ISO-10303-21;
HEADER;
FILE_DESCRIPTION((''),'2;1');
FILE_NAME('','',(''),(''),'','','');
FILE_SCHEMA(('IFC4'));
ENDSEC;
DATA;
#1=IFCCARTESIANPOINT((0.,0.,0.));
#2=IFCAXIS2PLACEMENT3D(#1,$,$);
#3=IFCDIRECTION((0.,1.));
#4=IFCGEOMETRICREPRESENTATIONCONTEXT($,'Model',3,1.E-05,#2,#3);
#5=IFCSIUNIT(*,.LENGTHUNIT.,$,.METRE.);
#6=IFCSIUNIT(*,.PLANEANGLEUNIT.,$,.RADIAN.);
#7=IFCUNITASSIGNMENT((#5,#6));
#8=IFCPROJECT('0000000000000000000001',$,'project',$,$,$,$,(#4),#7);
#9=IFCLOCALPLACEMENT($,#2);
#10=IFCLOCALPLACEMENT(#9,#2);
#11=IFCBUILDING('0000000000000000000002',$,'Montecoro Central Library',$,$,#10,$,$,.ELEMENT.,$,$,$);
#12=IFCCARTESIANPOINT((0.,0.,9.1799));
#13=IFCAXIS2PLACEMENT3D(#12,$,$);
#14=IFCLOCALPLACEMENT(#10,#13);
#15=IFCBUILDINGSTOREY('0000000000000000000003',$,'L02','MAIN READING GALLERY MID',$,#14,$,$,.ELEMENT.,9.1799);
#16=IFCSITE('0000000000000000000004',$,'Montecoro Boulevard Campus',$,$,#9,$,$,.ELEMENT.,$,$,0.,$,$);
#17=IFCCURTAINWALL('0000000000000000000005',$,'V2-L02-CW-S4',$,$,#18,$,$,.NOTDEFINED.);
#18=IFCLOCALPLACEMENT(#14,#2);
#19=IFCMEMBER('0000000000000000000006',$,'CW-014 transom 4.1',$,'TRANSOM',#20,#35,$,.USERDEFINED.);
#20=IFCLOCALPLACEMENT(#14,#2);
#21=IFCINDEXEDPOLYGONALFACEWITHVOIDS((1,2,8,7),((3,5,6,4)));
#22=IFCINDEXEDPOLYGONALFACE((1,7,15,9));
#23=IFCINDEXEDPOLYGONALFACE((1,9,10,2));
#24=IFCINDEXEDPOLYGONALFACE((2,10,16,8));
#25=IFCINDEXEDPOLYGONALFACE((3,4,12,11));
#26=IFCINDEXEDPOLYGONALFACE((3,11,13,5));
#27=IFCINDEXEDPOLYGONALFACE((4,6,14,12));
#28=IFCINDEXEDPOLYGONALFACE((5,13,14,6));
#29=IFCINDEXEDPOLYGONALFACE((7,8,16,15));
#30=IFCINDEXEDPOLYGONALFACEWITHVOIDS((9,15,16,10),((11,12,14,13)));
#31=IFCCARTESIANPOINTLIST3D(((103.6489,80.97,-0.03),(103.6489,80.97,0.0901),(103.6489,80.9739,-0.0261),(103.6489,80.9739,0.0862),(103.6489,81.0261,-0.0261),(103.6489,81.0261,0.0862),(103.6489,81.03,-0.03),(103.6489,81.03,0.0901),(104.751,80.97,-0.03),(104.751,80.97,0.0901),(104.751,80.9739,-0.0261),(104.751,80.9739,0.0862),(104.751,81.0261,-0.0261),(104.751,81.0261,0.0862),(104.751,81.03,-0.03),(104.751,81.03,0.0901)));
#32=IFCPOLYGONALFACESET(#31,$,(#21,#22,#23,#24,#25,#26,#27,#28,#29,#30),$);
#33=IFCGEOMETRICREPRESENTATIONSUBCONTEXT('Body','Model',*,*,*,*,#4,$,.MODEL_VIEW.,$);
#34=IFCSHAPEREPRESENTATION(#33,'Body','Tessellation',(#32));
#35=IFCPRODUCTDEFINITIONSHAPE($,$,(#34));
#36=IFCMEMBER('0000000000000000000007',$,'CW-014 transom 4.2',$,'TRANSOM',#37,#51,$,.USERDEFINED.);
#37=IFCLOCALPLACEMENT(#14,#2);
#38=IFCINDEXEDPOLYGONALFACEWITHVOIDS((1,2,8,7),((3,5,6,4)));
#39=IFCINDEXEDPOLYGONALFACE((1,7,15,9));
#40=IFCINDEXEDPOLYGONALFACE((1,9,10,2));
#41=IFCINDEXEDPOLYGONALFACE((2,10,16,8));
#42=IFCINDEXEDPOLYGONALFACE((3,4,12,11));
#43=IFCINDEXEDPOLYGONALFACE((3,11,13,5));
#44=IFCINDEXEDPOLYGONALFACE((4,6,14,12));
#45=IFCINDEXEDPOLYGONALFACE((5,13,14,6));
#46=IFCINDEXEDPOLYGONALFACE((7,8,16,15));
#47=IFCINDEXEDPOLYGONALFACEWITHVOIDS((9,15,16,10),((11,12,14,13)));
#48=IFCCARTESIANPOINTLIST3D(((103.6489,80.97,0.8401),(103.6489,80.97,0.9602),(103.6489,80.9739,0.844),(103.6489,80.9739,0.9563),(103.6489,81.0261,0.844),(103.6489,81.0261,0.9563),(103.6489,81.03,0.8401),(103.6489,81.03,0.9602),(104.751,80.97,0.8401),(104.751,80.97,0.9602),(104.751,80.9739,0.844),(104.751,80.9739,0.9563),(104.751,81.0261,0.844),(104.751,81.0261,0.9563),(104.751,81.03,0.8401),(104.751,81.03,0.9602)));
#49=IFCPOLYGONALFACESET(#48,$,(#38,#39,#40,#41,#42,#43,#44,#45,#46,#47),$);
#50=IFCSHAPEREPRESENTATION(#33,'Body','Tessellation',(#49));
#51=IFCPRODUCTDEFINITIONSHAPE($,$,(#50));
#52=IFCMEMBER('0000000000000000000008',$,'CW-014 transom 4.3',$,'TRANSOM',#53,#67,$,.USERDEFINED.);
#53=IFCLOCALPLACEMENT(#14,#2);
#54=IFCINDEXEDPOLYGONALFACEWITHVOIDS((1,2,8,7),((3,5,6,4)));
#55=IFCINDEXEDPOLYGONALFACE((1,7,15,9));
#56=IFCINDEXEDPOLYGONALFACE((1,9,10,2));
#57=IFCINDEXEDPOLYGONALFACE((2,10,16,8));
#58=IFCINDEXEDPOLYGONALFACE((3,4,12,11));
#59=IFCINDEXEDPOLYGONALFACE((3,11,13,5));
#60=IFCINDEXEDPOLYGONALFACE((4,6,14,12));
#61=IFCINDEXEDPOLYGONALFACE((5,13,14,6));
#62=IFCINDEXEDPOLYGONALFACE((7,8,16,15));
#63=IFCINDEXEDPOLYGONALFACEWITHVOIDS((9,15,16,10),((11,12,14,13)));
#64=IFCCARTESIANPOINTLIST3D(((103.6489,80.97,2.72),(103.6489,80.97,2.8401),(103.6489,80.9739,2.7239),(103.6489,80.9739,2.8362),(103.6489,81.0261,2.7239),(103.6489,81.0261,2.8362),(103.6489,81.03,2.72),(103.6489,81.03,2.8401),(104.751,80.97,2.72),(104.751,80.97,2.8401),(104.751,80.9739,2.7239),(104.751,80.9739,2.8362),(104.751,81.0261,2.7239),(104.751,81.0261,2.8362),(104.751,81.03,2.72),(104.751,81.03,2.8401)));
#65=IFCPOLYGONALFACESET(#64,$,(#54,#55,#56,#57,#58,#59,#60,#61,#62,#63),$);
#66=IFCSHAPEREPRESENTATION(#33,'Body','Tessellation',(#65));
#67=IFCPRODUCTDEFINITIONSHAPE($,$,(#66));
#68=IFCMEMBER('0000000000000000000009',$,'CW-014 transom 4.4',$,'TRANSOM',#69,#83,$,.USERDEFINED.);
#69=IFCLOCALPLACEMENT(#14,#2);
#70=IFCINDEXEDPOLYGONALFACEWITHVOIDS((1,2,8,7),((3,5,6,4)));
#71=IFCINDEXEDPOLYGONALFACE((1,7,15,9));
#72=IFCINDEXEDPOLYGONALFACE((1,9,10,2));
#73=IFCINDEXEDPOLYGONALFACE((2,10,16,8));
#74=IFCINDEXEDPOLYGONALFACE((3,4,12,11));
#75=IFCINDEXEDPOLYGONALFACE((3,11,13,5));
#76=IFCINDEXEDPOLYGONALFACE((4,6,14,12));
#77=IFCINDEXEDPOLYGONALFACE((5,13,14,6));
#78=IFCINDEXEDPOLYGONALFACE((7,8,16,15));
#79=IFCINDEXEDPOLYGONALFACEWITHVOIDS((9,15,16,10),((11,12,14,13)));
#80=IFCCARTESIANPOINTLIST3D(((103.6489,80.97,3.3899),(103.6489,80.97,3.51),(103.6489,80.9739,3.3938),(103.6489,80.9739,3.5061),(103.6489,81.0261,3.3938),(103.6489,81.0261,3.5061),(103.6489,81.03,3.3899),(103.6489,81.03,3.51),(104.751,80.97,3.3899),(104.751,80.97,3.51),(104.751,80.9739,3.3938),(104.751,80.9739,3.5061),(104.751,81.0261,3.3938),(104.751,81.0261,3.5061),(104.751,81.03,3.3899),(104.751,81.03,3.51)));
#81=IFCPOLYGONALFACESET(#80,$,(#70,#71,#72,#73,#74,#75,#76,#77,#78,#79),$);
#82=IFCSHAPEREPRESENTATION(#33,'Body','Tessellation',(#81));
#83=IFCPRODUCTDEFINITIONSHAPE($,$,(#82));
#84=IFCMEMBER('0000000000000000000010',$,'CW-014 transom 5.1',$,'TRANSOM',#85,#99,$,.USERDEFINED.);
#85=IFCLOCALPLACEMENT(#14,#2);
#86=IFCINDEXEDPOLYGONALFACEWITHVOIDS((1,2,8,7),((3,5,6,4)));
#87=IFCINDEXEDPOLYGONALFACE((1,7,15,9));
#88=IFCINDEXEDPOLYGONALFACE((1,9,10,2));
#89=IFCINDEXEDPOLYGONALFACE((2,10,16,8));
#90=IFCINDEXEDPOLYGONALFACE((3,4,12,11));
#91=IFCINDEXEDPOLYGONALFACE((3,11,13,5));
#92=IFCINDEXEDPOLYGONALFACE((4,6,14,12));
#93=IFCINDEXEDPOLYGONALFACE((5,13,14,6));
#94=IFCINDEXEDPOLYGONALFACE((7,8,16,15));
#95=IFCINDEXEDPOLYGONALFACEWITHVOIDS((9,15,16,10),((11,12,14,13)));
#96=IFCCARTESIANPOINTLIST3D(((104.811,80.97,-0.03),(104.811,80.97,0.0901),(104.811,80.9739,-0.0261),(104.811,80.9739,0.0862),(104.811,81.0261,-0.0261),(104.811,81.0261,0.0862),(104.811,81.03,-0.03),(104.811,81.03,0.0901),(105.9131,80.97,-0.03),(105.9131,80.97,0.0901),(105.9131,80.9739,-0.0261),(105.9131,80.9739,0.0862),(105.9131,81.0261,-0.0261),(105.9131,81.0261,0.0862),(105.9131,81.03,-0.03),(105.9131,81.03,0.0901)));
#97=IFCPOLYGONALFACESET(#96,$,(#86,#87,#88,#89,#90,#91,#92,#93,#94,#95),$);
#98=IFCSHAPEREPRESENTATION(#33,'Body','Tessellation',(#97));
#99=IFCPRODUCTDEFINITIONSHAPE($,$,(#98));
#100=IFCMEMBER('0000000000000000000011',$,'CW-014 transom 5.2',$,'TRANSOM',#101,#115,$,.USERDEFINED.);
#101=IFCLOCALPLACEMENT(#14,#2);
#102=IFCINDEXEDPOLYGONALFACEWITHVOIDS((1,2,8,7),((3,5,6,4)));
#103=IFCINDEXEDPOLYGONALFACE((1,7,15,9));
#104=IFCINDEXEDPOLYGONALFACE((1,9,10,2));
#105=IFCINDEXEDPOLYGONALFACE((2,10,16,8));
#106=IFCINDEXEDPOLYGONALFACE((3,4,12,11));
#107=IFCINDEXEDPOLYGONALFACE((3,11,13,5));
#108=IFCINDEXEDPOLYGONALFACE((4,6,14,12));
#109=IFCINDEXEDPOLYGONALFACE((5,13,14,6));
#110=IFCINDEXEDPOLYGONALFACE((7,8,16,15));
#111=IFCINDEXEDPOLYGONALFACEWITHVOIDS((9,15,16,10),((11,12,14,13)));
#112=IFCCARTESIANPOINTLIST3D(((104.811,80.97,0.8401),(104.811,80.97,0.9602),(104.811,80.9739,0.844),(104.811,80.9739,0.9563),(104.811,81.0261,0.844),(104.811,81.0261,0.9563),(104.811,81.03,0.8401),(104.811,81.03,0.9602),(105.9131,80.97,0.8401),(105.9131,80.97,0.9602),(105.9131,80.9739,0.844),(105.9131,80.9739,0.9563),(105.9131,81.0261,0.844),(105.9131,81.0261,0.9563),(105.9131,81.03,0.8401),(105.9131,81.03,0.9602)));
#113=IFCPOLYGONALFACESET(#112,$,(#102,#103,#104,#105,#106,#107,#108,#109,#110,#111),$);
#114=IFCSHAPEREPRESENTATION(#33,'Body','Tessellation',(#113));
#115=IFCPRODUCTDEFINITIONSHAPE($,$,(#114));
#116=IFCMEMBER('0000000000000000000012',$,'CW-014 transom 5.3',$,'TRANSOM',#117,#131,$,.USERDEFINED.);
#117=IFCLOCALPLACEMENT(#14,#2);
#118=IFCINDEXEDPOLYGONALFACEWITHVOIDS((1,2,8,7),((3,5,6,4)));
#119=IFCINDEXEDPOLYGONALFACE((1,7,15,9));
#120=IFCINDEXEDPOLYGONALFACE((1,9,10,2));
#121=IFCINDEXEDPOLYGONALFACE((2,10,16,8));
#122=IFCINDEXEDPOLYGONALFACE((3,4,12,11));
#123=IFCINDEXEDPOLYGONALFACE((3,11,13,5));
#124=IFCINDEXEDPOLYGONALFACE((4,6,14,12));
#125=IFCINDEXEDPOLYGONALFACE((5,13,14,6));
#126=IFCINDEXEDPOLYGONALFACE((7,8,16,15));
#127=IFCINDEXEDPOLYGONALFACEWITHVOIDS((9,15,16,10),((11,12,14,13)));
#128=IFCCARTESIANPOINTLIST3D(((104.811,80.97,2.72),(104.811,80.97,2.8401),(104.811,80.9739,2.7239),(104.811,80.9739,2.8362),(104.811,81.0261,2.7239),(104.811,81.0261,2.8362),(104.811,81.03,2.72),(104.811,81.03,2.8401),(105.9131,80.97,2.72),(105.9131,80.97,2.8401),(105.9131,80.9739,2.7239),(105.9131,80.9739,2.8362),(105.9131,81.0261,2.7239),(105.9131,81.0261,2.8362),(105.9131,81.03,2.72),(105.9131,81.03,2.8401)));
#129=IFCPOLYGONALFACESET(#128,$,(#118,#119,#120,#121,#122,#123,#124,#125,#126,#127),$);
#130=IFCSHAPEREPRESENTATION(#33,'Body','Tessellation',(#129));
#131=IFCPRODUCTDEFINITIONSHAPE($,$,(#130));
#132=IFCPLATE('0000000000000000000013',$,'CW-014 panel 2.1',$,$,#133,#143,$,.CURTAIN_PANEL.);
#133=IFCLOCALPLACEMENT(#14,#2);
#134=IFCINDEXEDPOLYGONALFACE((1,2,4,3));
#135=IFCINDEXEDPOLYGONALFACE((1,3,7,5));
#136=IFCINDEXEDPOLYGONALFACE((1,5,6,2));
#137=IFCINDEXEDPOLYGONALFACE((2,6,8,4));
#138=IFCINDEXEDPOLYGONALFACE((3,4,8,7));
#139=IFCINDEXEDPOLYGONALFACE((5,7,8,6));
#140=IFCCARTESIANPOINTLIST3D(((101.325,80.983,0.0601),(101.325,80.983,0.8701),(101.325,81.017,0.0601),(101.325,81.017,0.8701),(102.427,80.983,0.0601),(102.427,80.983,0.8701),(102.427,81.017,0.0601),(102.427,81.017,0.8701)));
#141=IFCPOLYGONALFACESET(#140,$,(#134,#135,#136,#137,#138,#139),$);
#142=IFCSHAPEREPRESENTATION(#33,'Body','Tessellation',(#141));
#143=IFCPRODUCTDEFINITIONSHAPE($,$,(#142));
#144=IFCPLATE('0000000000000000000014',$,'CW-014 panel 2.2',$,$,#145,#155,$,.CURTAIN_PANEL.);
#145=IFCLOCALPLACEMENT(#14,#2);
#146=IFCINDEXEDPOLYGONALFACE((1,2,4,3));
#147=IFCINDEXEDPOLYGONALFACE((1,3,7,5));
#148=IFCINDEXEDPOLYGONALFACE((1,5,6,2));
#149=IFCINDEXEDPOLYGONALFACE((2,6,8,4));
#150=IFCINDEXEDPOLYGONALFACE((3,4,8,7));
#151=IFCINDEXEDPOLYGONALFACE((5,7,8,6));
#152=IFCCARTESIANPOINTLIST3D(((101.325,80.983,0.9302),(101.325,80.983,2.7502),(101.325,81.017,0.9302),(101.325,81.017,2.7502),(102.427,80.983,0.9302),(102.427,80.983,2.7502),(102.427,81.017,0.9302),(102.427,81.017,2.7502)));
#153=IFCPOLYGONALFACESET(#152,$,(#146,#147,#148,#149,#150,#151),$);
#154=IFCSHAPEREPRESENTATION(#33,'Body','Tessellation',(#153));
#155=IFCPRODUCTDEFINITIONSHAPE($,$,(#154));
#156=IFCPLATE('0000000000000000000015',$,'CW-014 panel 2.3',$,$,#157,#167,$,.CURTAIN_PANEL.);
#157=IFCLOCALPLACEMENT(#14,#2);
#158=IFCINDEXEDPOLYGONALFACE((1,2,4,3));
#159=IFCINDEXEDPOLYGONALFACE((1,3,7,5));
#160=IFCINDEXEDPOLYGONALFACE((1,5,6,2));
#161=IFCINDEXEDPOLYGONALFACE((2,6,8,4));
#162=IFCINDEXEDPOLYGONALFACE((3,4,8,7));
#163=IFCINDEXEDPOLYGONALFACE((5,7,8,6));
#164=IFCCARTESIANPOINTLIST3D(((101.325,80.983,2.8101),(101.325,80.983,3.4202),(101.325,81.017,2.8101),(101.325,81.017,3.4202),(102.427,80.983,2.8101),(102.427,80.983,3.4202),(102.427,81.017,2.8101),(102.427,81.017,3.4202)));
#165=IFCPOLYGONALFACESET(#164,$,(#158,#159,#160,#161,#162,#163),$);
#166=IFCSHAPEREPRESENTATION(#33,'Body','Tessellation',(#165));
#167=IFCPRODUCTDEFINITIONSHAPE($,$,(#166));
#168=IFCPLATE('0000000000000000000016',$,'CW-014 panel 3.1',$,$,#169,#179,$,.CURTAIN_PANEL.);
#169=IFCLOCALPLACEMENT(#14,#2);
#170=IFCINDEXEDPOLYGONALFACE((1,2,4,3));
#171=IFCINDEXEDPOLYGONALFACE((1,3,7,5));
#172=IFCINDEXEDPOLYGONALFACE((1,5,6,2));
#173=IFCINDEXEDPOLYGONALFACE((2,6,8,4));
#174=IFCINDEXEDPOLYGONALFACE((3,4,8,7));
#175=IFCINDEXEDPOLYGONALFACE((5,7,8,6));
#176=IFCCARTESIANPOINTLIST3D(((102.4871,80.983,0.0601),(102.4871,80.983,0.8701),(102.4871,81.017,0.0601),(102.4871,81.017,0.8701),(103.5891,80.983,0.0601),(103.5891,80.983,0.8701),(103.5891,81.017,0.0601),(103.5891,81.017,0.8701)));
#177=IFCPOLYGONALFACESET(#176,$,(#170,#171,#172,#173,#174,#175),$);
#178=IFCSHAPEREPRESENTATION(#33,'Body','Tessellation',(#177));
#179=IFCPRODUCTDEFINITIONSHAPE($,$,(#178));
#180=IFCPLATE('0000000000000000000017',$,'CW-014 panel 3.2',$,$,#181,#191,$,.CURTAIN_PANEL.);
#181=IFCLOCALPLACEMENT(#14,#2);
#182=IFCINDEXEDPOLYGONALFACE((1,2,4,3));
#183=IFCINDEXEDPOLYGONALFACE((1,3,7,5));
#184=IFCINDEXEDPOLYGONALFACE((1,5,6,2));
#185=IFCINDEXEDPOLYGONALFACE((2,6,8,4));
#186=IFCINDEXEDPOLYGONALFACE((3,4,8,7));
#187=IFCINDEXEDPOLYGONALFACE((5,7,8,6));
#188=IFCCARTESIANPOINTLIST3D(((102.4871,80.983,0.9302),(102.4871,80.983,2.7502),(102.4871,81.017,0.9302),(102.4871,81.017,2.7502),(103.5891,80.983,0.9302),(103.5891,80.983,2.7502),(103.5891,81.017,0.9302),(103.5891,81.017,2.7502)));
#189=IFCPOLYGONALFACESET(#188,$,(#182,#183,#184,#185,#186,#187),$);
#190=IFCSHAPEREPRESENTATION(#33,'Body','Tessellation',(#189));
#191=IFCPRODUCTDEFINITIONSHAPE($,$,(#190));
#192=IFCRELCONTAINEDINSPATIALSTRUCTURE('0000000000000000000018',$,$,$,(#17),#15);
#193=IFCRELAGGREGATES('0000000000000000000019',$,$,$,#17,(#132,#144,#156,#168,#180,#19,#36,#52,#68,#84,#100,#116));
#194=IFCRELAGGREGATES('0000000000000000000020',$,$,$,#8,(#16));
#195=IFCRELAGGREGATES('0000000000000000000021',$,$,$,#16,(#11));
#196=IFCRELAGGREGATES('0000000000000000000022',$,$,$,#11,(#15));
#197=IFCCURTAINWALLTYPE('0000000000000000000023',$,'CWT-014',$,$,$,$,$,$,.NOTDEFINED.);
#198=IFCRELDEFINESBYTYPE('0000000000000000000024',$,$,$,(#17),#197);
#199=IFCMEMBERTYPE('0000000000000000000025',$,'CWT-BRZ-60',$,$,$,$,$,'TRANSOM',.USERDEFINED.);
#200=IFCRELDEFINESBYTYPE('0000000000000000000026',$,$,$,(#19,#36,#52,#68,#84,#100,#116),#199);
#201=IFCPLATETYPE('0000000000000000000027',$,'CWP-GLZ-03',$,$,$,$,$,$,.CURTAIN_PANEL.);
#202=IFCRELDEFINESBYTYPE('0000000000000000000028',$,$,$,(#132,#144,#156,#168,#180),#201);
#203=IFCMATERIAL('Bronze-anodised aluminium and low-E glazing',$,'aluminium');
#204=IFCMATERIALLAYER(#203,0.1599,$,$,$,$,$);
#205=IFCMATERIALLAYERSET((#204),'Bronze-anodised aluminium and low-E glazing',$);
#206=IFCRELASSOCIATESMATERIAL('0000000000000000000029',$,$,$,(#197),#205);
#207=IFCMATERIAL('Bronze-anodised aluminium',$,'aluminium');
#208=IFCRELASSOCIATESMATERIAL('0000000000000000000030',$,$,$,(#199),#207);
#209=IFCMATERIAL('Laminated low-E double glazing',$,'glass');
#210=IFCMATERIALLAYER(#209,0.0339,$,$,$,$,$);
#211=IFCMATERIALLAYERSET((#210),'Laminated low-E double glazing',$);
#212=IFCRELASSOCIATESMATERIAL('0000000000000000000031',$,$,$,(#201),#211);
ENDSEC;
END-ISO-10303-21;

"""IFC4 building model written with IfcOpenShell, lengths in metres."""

from ifc_helpers import new_model, si_unit, direction, frame, origin, origin_2d, place, context, subcontext, project, spatial, rectangle, hollow_rectangle, extrude, material, layer, layer_set, material_profile, profile_set, type_object, element, aggregate, save


model = new_model("IFC4")

# Units and contexts
model_context = context("Model", 3, precision=1e-05, world=origin(), true_north=direction((0.0, 1.0)))
body_context = subcontext(model_context, "Body", "Model", "MODEL_VIEW")
ifc_project = project(units=[si_unit("LENGTHUNIT", "METRE"), si_unit("PLANEANGLEUNIT", "RADIAN")], contexts=[model_context])

# Site, building, storey
site_placement = place(None, origin())
site = spatial("IfcSite", under=ifc_project, at=site_placement, Name="Montecoro Boulevard Campus", CompositionType="ELEMENT", RefElevation=0.0)
building_placement = place(site_placement, origin())
building = spatial("IfcBuilding", under=site, at=building_placement, Name="Montecoro Central Library", CompositionType="ELEMENT")
storey_placement = place(building_placement, frame((0.0, 0.0, 9.1799)))
storey = spatial("IfcBuildingStorey", under=building, at=storey_placement, Name="L02", Description="MAIN READING GALLERY MID", CompositionType="ELEMENT", Elevation=9.1799)

# Curtain wall, members, plates
ifc_material_1 = material(Name="Bronze-anodised aluminium and low-E glazing", Category="aluminium")
ifc_layer_1 = layer(ifc_material_1, 0.1599)
ifc_layer_set_1 = layer_set([ifc_layer_1], Name="Bronze-anodised aluminium and low-E glazing")
curtain_wall_type = type_object("IfcCurtainWallType", Name="CWT-014", PredefinedType="NOTDEFINED", material=ifc_layer_set_1)
curtain_wall_placement = place(storey_placement, origin())
curtain_wall = element("IfcCurtainWall", 1, at=curtain_wall_placement, inside=storey, type_object=curtain_wall_type, Name="V2-L02-CW-S4", PredefinedType="NOTDEFINED")
ifc_material_2 = material(Name="Bronze-anodised aluminium", Category="aluminium")
ifc_material_profile_1 = material_profile(ifc_material_2, hollow_rectangle(XDim=0.0601, YDim=0.1201, WallThickness=0.0039, at=origin_2d()), Name="CWT 120x60x4.0")
ifc_profile_set_1 = profile_set([ifc_material_profile_1], Name="Bronze-anodised aluminium")
member_type_1 = type_object("IfcMemberType", Name="CWT-BRZ-60", ElementType="TRANSOM", PredefinedType="USERDEFINED", material=ifc_profile_set_1)
member_1_placement = place(storey_placement, frame((103.6489, 81.0, 0.03), z_axis=(1.0, 0.0, 0.0), x_axis=(0.0, 1.0, 0.0)))
member_1 = element("IfcMember", 2, at=member_1_placement, type_object=member_type_1, Name="CW-014 transom 4.1", ObjectType="TRANSOM", PredefinedType="USERDEFINED", context=body_context, shape_type="SweptSolid", body=[
    extrude(hollow_rectangle(XDim=0.0601, YDim=0.1201, WallThickness=0.0039, at=origin_2d()), origin(), (0.0, 0.0, 1.0), 1.1021),
])
member_2_placement = place(storey_placement, frame((103.6489, 81.0, 0.9001), z_axis=(1.0, 0.0, 0.0), x_axis=(0.0, 1.0, 0.0)))
member_2 = element("IfcMember", 3, at=member_2_placement, type_object=member_type_1, Name="CW-014 transom 4.2", ObjectType="TRANSOM", PredefinedType="USERDEFINED", context=body_context, shape_type="SweptSolid", body=[
    extrude(hollow_rectangle(XDim=0.0601, YDim=0.1201, WallThickness=0.0039, at=origin_2d()), origin(), (0.0, 0.0, 1.0), 1.1021),
])
member_3_placement = place(storey_placement, frame((103.6489, 81.0, 2.78), z_axis=(1.0, 0.0, 0.0), x_axis=(0.0, 1.0, 0.0)))
member_3 = element("IfcMember", 4, at=member_3_placement, type_object=member_type_1, Name="CW-014 transom 4.3", ObjectType="TRANSOM", PredefinedType="USERDEFINED", context=body_context, shape_type="SweptSolid", body=[
    extrude(hollow_rectangle(XDim=0.0601, YDim=0.1201, WallThickness=0.0039, at=origin_2d()), origin(), (0.0, 0.0, 1.0), 1.1021),
])
member_4_placement = place(storey_placement, frame((103.6489, 81.0, 3.45), z_axis=(1.0, 0.0, 0.0), x_axis=(0.0, 1.0, 0.0)))
member_4 = element("IfcMember", 5, at=member_4_placement, type_object=member_type_1, Name="CW-014 transom 4.4", ObjectType="TRANSOM", PredefinedType="USERDEFINED", context=body_context, shape_type="SweptSolid", body=[
    extrude(hollow_rectangle(XDim=0.0601, YDim=0.1201, WallThickness=0.0039, at=origin_2d()), origin(), (0.0, 0.0, 1.0), 1.1021),
])
member_5_placement = place(storey_placement, frame((104.811, 81.0, 0.03), z_axis=(1.0, 0.0, 0.0), x_axis=(0.0, 1.0, 0.0)))
member_5 = element("IfcMember", 6, at=member_5_placement, type_object=member_type_1, Name="CW-014 transom 5.1", ObjectType="TRANSOM", PredefinedType="USERDEFINED", context=body_context, shape_type="SweptSolid", body=[
    extrude(hollow_rectangle(XDim=0.0601, YDim=0.1201, WallThickness=0.0039, at=origin_2d()), origin(), (0.0, 0.0, 1.0), 1.1021),
])
member_6_placement = place(storey_placement, frame((104.811, 81.0, 0.9001), z_axis=(1.0, 0.0, 0.0), x_axis=(0.0, 1.0, 0.0)))
member_6 = element("IfcMember", 7, at=member_6_placement, type_object=member_type_1, Name="CW-014 transom 5.2", ObjectType="TRANSOM", PredefinedType="USERDEFINED", context=body_context, shape_type="SweptSolid", body=[
    extrude(hollow_rectangle(XDim=0.0601, YDim=0.1201, WallThickness=0.0039, at=origin_2d()), origin(), (0.0, 0.0, 1.0), 1.1021),
])
member_7_placement = place(storey_placement, frame((104.811, 81.0, 2.78), z_axis=(1.0, 0.0, 0.0), x_axis=(0.0, 1.0, 0.0)))
member_7 = element("IfcMember", 8, at=member_7_placement, type_object=member_type_1, Name="CW-014 transom 5.3", ObjectType="TRANSOM", PredefinedType="USERDEFINED", context=body_context, shape_type="SweptSolid", body=[
    extrude(hollow_rectangle(XDim=0.0601, YDim=0.1201, WallThickness=0.0039, at=origin_2d()), origin(), (0.0, 0.0, 1.0), 1.1021),
])
ifc_material_3 = material(Name="Laminated low-E double glazing", Category="glass")
ifc_layer_2 = layer(ifc_material_3, 0.0339)
ifc_layer_set_2 = layer_set([ifc_layer_2], Name="Laminated low-E double glazing")
plate_type = type_object("IfcPlateType", Name="CWP-GLZ-03", PredefinedType="CURTAIN_PANEL", material=ifc_layer_set_2)
plate_1_placement = place(storey_placement, frame((101.876, 81.0, 0.0601), z_axis=(0.0, 0.0, 1.0), x_axis=(1.0, 0.0, 0.0)))
plate_1 = element("IfcPlate", 9, at=plate_1_placement, type_object=plate_type, Name="CW-014 panel 2.1", PredefinedType="CURTAIN_PANEL", context=body_context, shape_type="SweptSolid", body=[
    extrude(rectangle(XDim=1.1021, YDim=0.0339, at=origin_2d()), origin(), (0.0, 0.0, 1.0), 0.8101),
])
plate_2_placement = place(storey_placement, frame((101.876, 81.0, 0.9302), z_axis=(0.0, 0.0, 1.0), x_axis=(1.0, 0.0, 0.0)))
plate_2 = element("IfcPlate", 10, at=plate_2_placement, type_object=plate_type, Name="CW-014 panel 2.2", PredefinedType="CURTAIN_PANEL", context=body_context, shape_type="SweptSolid", body=[
    extrude(rectangle(XDim=1.1021, YDim=0.0339, at=origin_2d()), origin(), (0.0, 0.0, 1.0), 1.8201),
])
plate_3_placement = place(storey_placement, frame((101.876, 81.0, 2.8101), z_axis=(0.0, 0.0, 1.0), x_axis=(1.0, 0.0, 0.0)))
plate_3 = element("IfcPlate", 11, at=plate_3_placement, type_object=plate_type, Name="CW-014 panel 2.3", PredefinedType="CURTAIN_PANEL", context=body_context, shape_type="SweptSolid", body=[
    extrude(rectangle(XDim=1.1021, YDim=0.0339, at=origin_2d()), origin(), (0.0, 0.0, 1.0), 0.6101),
])
plate_4_placement = place(storey_placement, frame((103.0381, 81.0, 0.0601), z_axis=(0.0, 0.0, 1.0), x_axis=(1.0, 0.0, 0.0)))
plate_4 = element("IfcPlate", 12, at=plate_4_placement, type_object=plate_type, Name="CW-014 panel 3.1", PredefinedType="CURTAIN_PANEL", context=body_context, shape_type="SweptSolid", body=[
    extrude(rectangle(XDim=1.1021, YDim=0.0339, at=origin_2d()), origin(), (0.0, 0.0, 1.0), 0.8101),
])
plate_5_placement = place(storey_placement, frame((103.0381, 81.0, 0.9302), z_axis=(0.0, 0.0, 1.0), x_axis=(1.0, 0.0, 0.0)))
plate_5 = element("IfcPlate", 13, at=plate_5_placement, type_object=plate_type, Name="CW-014 panel 3.2", PredefinedType="CURTAIN_PANEL", context=body_context, shape_type="SweptSolid", body=[
    extrude(rectangle(XDim=1.1021, YDim=0.0339, at=origin_2d()), origin(), (0.0, 0.0, 1.0), 1.8201),
])
aggregate(curtain_wall, [plate_1, plate_2, plate_3, plate_4, plate_5, member_1, member_2, member_3, member_4, member_5, member_6, member_7])

save(model, "model.ifc")
